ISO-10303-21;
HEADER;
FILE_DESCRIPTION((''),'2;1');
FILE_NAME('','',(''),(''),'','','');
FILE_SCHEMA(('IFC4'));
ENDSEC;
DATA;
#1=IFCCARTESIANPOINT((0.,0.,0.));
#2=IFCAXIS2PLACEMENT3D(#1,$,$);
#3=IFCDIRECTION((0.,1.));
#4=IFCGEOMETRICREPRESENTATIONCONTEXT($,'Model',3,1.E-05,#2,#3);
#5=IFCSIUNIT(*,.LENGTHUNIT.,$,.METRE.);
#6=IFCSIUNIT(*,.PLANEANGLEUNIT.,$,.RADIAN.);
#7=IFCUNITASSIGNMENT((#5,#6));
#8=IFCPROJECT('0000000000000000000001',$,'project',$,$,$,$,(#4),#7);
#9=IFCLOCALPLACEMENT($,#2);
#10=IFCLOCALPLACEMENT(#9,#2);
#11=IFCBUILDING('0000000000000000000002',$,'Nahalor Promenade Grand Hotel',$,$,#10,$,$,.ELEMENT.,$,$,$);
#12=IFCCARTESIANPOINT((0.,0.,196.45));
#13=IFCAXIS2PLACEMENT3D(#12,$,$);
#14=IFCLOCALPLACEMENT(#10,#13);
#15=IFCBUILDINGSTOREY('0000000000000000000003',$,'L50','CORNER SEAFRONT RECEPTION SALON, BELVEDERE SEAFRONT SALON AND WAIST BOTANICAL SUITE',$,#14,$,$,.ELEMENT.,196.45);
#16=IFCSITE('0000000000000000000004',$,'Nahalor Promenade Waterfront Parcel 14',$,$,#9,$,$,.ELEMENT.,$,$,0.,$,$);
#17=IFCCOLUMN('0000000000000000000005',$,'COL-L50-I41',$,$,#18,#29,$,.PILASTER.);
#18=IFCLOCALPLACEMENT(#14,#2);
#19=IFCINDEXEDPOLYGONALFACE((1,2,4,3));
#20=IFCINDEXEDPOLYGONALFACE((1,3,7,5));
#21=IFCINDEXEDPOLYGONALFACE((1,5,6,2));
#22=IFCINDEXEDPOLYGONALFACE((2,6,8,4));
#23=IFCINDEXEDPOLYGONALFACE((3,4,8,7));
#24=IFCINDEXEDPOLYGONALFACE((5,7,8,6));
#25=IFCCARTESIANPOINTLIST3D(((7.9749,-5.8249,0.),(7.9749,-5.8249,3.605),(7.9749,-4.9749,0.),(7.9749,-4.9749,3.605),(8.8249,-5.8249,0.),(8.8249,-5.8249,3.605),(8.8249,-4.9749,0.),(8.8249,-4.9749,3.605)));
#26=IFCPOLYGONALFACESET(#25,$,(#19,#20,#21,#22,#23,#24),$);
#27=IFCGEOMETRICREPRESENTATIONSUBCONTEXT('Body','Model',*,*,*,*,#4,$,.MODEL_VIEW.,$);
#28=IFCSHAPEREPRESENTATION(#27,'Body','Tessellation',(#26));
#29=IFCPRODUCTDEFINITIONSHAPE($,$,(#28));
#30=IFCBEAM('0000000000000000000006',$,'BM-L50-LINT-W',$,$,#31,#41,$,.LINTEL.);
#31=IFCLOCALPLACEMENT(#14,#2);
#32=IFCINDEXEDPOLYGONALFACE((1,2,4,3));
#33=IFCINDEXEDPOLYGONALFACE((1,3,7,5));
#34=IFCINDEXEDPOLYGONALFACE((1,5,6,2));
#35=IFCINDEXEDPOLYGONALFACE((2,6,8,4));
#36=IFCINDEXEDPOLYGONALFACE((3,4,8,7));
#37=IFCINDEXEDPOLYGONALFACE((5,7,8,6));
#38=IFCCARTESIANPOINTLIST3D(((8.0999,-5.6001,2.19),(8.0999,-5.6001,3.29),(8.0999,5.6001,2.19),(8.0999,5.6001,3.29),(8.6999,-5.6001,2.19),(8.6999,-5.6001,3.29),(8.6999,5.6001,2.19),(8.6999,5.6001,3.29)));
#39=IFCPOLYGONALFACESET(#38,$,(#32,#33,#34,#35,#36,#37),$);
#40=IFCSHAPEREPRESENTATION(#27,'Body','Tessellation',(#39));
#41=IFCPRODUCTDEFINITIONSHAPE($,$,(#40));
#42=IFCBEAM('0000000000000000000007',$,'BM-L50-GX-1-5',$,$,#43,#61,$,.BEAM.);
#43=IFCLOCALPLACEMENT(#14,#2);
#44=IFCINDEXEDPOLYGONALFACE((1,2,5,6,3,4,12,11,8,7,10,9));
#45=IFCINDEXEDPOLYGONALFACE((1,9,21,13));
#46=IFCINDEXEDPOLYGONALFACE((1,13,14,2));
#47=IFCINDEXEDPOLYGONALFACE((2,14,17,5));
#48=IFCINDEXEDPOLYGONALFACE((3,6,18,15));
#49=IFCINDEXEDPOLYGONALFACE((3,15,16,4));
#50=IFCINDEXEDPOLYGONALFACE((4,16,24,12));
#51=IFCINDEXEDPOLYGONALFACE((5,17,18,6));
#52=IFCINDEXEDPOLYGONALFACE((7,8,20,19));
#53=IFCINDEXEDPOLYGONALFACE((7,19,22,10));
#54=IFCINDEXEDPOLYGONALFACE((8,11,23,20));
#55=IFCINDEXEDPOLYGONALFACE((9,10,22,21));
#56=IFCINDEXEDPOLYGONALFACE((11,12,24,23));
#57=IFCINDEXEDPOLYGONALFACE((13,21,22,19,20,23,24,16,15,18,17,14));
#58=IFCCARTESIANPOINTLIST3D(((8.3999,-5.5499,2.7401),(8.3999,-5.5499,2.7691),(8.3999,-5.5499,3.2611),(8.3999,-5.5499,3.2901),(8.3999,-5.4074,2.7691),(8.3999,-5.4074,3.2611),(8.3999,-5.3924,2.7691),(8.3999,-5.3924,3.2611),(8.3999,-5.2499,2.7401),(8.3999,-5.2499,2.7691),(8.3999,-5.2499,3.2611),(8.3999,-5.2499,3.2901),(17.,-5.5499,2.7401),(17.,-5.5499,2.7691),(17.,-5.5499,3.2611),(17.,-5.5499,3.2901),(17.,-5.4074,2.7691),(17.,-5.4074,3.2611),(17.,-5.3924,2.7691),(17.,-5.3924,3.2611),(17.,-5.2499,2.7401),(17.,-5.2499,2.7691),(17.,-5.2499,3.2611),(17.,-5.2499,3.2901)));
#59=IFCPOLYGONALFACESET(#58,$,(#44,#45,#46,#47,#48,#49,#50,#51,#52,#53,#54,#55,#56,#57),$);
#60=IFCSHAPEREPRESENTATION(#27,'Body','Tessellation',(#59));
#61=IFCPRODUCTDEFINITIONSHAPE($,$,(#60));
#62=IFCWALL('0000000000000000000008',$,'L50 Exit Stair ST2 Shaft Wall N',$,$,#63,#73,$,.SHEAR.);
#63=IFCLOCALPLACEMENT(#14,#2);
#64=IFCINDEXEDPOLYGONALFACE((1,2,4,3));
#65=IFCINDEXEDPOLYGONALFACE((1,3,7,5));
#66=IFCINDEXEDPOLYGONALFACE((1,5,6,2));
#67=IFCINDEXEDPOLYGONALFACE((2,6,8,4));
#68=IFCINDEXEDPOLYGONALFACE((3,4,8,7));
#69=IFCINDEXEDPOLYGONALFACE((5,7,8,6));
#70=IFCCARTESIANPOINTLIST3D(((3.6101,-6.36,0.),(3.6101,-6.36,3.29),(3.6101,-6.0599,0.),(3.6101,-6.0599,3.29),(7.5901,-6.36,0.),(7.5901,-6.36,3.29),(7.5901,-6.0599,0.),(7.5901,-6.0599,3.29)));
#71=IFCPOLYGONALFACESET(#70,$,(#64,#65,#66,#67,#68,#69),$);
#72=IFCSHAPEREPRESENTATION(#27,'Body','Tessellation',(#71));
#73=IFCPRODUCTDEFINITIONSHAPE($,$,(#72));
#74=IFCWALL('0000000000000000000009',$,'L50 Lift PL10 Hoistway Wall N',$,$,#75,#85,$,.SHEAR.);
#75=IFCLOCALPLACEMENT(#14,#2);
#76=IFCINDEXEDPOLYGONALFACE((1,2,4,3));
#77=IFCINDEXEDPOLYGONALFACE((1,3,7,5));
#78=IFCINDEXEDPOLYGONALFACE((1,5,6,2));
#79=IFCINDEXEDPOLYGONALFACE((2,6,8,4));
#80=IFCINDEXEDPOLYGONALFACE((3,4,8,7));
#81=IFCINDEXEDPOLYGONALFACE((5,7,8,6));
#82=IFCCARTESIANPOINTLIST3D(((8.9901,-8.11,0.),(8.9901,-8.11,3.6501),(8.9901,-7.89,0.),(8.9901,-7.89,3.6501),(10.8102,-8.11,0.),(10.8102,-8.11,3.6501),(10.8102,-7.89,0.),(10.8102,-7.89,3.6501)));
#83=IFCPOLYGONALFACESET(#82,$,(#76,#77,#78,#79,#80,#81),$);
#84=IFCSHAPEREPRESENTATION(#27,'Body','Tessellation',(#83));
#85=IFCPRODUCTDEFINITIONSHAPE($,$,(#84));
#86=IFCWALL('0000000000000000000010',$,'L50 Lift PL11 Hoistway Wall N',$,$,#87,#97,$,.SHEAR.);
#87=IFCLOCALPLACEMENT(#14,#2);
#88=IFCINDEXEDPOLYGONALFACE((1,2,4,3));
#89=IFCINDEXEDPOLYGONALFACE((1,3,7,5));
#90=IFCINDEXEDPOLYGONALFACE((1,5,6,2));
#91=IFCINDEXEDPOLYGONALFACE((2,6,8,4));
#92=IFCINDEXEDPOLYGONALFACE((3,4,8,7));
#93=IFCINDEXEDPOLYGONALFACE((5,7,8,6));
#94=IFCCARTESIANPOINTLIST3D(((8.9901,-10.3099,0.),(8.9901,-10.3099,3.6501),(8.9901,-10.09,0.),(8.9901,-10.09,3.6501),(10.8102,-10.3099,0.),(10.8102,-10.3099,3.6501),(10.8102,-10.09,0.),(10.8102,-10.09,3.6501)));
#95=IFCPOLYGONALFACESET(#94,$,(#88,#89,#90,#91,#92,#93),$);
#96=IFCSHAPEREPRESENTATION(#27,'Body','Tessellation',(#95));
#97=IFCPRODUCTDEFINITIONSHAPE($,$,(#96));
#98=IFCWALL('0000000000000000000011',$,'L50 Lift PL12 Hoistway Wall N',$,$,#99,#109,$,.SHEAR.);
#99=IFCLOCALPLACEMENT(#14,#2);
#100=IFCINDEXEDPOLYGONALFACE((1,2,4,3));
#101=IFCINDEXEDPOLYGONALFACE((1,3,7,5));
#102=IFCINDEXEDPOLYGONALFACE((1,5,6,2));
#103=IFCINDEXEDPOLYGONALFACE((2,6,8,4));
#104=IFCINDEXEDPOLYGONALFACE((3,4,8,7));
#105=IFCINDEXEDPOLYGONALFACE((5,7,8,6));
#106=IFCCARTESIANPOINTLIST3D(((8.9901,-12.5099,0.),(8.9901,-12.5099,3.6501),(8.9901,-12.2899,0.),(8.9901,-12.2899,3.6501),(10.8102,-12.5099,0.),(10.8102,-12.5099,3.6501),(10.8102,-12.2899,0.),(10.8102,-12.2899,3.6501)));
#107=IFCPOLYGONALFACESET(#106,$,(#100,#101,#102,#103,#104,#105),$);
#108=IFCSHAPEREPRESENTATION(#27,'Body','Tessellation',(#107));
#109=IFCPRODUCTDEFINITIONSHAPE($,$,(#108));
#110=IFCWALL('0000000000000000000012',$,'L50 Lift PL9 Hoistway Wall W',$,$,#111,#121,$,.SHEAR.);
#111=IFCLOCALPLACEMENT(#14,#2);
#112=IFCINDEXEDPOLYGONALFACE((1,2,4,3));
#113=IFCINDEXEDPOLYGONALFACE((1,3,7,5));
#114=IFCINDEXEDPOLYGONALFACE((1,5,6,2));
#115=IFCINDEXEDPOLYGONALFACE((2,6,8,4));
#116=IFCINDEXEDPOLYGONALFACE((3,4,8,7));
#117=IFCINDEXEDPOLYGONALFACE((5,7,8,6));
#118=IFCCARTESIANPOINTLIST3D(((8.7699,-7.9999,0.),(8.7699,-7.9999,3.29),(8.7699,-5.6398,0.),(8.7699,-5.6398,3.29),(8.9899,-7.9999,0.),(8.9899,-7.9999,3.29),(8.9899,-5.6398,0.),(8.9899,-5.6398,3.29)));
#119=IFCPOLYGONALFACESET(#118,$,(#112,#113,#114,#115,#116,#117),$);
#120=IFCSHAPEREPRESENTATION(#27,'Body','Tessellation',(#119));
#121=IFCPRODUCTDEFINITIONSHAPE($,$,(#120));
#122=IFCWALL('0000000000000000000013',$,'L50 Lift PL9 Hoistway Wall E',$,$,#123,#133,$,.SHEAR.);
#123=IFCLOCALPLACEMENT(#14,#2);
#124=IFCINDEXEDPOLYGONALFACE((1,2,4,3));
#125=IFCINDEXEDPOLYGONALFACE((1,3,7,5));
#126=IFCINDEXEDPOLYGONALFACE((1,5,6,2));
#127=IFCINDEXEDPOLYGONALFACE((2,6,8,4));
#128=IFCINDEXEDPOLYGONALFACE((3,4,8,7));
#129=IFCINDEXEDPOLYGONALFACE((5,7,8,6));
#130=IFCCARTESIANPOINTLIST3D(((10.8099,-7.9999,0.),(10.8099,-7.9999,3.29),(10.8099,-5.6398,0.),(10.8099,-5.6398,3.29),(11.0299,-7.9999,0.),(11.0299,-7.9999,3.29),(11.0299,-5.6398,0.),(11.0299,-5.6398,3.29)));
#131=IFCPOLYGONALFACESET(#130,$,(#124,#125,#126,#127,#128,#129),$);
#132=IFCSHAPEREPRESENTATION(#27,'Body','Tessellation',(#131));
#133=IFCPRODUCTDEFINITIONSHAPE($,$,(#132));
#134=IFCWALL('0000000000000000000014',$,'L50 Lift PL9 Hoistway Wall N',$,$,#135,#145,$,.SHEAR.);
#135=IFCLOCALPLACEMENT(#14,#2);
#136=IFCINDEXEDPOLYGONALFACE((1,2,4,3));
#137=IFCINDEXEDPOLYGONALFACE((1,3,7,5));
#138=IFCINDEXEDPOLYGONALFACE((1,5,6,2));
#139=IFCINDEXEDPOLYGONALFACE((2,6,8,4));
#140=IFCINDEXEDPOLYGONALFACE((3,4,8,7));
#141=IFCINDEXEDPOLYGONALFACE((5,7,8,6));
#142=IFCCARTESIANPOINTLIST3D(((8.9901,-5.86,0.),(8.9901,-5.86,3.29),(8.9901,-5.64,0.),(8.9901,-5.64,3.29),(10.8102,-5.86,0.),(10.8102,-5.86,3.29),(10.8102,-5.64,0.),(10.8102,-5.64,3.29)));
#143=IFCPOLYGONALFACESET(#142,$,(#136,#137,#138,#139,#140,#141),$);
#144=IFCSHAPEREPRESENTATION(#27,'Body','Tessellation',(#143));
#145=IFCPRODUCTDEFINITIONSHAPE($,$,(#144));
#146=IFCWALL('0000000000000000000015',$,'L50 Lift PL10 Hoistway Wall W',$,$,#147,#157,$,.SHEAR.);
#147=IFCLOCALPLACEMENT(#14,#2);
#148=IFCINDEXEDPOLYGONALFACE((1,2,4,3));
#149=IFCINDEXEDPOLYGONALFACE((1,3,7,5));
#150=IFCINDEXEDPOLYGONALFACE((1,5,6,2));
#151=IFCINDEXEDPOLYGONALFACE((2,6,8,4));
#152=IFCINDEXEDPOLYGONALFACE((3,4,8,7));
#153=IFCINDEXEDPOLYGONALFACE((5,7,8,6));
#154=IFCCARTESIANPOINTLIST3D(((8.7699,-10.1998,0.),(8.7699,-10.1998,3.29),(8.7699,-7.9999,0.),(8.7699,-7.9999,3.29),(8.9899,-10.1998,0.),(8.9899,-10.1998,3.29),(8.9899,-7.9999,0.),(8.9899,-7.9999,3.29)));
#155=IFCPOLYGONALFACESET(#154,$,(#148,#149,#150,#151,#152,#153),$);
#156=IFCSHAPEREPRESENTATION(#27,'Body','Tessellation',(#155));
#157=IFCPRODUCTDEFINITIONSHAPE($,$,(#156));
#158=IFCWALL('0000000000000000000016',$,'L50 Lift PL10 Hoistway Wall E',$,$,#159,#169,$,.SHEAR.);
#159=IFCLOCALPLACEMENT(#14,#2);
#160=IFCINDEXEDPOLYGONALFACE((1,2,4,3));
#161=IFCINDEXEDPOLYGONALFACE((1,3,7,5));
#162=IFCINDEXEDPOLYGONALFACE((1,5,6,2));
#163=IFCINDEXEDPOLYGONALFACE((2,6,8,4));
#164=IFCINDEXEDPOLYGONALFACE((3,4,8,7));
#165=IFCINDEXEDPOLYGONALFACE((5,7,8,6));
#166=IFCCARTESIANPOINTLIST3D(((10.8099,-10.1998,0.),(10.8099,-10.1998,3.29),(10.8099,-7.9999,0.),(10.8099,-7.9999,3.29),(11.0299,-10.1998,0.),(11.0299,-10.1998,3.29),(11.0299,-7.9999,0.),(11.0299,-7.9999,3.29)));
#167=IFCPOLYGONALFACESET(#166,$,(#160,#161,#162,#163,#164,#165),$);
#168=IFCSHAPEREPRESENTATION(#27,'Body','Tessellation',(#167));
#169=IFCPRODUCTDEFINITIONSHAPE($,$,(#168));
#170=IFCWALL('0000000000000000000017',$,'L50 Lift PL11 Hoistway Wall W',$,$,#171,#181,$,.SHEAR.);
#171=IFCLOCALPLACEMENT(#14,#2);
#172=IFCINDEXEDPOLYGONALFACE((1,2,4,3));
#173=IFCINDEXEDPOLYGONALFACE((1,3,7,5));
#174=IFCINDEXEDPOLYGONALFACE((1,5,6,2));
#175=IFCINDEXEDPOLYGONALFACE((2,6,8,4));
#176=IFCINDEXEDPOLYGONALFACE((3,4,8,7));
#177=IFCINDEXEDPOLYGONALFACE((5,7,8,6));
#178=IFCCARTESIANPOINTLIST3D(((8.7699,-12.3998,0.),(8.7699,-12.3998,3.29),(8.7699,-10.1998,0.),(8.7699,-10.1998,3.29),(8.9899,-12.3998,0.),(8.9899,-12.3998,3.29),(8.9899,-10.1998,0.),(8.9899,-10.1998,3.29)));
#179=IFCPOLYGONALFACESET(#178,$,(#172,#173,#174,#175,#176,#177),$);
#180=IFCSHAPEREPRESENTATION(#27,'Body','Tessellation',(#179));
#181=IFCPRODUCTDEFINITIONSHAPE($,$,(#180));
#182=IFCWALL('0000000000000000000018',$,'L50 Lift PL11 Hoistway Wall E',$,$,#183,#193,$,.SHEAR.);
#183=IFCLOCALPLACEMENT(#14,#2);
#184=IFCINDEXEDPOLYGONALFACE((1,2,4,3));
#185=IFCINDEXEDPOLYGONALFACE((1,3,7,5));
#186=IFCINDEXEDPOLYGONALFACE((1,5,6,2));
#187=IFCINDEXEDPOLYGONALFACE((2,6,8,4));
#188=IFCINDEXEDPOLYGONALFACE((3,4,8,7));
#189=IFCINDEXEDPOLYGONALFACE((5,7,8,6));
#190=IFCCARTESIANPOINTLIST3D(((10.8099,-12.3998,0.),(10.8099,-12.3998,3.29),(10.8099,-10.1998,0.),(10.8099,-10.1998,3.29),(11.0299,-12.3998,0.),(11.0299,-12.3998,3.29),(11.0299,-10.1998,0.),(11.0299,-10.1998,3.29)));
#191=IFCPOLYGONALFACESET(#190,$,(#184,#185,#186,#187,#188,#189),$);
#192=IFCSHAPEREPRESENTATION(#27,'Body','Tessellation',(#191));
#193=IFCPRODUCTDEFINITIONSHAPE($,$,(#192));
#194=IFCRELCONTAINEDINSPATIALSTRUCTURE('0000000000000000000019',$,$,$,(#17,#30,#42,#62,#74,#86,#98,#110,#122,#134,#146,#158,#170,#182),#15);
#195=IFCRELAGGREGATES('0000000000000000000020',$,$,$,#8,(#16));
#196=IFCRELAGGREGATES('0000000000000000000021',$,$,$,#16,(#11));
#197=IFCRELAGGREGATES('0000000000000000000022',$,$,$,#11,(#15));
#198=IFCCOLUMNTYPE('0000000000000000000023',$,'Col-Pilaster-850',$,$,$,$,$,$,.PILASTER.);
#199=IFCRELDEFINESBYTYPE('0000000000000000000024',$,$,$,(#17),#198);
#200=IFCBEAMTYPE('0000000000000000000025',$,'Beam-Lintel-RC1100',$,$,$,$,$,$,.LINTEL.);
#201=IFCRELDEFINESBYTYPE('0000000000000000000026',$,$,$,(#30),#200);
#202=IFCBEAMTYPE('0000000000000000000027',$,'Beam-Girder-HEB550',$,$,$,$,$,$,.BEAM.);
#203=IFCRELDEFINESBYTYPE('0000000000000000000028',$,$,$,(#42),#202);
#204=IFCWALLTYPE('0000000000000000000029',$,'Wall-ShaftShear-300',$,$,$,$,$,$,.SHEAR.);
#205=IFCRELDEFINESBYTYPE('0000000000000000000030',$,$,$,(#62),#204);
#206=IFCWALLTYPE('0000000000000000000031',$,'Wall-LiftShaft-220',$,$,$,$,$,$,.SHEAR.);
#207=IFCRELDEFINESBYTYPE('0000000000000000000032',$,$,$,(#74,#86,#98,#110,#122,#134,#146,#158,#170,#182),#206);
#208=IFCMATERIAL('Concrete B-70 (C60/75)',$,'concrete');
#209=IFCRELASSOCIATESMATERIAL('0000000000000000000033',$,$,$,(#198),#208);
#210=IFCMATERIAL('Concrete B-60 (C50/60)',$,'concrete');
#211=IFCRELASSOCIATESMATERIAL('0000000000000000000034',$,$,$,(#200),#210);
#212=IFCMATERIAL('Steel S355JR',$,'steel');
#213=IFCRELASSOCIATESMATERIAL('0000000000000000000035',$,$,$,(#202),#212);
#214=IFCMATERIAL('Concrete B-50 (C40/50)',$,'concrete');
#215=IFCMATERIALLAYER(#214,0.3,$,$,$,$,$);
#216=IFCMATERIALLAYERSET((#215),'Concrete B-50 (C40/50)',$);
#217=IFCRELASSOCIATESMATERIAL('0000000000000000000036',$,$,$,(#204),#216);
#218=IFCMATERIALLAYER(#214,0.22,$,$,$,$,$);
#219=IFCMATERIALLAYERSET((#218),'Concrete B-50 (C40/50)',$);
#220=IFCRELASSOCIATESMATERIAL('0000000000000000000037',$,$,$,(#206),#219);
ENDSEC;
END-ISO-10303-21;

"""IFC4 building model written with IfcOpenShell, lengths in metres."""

from ifc_helpers import new_model, si_unit, direction, frame, frame_2d, origin, origin_2d, place, context, subcontext, project, spatial, rectangle, i_section, extrude, source, transform, mapped, material, layer, layer_set, material_profile, profile_set, type_object, element, save


model = new_model("IFC4")

# Units and contexts
model_context = context("Model", 3, precision=1e-05, world=origin(), true_north=direction((0.0, 1.0)))
body_context = subcontext(model_context, "Body", "Model", "MODEL_VIEW")
ifc_project = project(units=[si_unit("LENGTHUNIT", "METRE"), si_unit("PLANEANGLEUNIT", "RADIAN")], contexts=[model_context])

# Site, building, storey
site_placement = place(None, origin())
site = spatial("IfcSite", under=ifc_project, at=site_placement, Name="Nahalor Promenade Waterfront Parcel 14", CompositionType="ELEMENT", RefElevation=0.0)
building_placement = place(site_placement, origin())
building = spatial("IfcBuilding", under=site, at=building_placement, Name="Nahalor Promenade Grand Hotel", CompositionType="ELEMENT")
storey_placement = place(building_placement, frame((0.0, 0.0, 196.45)))
storey = spatial("IfcBuildingStorey", under=building, at=storey_placement, Name="L50", Description="CORNER SEAFRONT RECEPTION SALON, BELVEDERE SEAFRONT SALON AND WAIST BOTANICAL SUITE", CompositionType="ELEMENT", Elevation=196.45)

# Column
ifc_material_1 = material(Name="Concrete B-70 (C60/75)", Category="concrete")
ifc_material_profile_1 = material_profile(ifc_material_1, rectangle(XDim=0.85, YDim=0.85, at=origin_2d()), Name="RC 850x850")
ifc_profile_set_1 = profile_set([ifc_material_profile_1], Name="Concrete B-70 (C60/75)")
column_type = type_object("IfcColumnType", Name="Col-Pilaster-850", PredefinedType="PILASTER", material=ifc_profile_set_1)
shared_shape_1 = source(origin(), body_context, "Body", "SweptSolid", [
    extrude(rectangle(XDim=0.85, YDim=0.85, at=origin_2d()), origin(), (0.0, 0.0, 1.0), 3.605),
])
column_placement = place(storey_placement, frame((8.3999, -5.3999, 0.0), z_axis=(0.0, 0.0, 1.0), x_axis=(1.0, 0.0, 0.0)))
element("IfcColumn", 1, at=column_placement, inside=storey, type_object=column_type, Name="COL-L50-I41", PredefinedType="PILASTER", context=body_context, shape_type="MappedRepresentation", body=[
    mapped(shared_shape_1, transform((0.0, 0.0, 0.0), scale=1.0)),
])

# Beams
ifc_material_2 = material(Name="Concrete B-60 (C50/60)", Category="concrete")
ifc_material_profile_2 = material_profile(ifc_material_2, rectangle(XDim=0.6, YDim=1.1, at=origin_2d()), Name="RC 600x1100")
ifc_profile_set_2 = profile_set([ifc_material_profile_2], Name="Concrete B-60 (C50/60)")
beam_type_1 = type_object("IfcBeamType", Name="Beam-Lintel-RC1100", PredefinedType="LINTEL", material=ifc_profile_set_2)
shared_shape_2 = source(origin(), body_context, "Body", "SweptSolid", [
    extrude(rectangle(XDim=0.6, YDim=1.1, at=origin_2d()), origin(), (0.0, 0.0, 1.0), 11.2002),
])
beam_1_placement = place(storey_placement, frame((8.3999, -5.6001, 2.74), z_axis=(0.0, 1.0, 0.0), x_axis=(-1.0, 0.0, 0.0)))
element("IfcBeam", 2, at=beam_1_placement, inside=storey, type_object=beam_type_1, Name="BM-L50-LINT-W", PredefinedType="LINTEL", context=body_context, shape_type="MappedRepresentation", body=[
    mapped(shared_shape_2, transform((0.0, 0.0, 0.0), scale=1.0)),
])
ifc_material_3 = material(Name="Steel S355JR", Category="steel")
ifc_material_profile_3 = material_profile(ifc_material_3, i_section(OverallWidth=0.3, OverallDepth=0.55, WebThickness=0.015, FlangeThickness=0.029, at=origin_2d()), Name="HEB 550")
ifc_profile_set_3 = profile_set([ifc_material_profile_3], Name="Steel S355JR")
beam_type_2 = type_object("IfcBeamType", Name="Beam-Girder-HEB550", PredefinedType="BEAM", material=ifc_profile_set_3)
shared_shape_3 = source(origin(), body_context, "Body", "SweptSolid", [
    extrude(i_section(OverallWidth=0.3, OverallDepth=0.55, WebThickness=0.015, FlangeThickness=0.029, at=origin_2d()), origin(), (0.0, 0.0, 1.0), 8.6001),
])
beam_2_placement = place(storey_placement, frame((8.3999, -5.3999, 3.0151), z_axis=(1.0, 0.0, 0.0), x_axis=(0.0, 1.0, 0.0)))
element("IfcBeam", 3, at=beam_2_placement, inside=storey, type_object=beam_type_2, Name="BM-L50-GX-1-5", PredefinedType="BEAM", context=body_context, shape_type="MappedRepresentation", body=[
    mapped(shared_shape_3, transform((0.0, 0.0, 0.0), scale=1.0)),
])

# Walls
ifc_material_4 = material(Name="Concrete B-50 (C40/50)", Category="concrete")
ifc_layer_1 = layer(ifc_material_4, 0.3)
ifc_layer_set_1 = layer_set([ifc_layer_1], Name="Concrete B-50 (C40/50)")
wall_type_1 = type_object("IfcWallType", Name="Wall-ShaftShear-300", PredefinedType="SHEAR", material=ifc_layer_set_1)
shared_shape_4 = source(origin(), body_context, "Body", "SweptSolid", [
    extrude(rectangle(XDim=3.98, YDim=0.3, at=frame_2d((1.99, 0.0))), origin(), (0.0, 0.0, 1.0), 3.29),
])
wall_1_placement = place(storey_placement, frame((3.6101, -6.21, 0.0), z_axis=(0.0, 0.0, 1.0), x_axis=(1.0, 0.0, 0.0)))
element("IfcWall", 4, at=wall_1_placement, inside=storey, type_object=wall_type_1, Name="L50 Exit Stair ST2 Shaft Wall N", PredefinedType="SHEAR", context=body_context, shape_type="MappedRepresentation", body=[
    mapped(shared_shape_4, transform((0.0, 0.0, 0.0), scale=1.0)),
])
ifc_layer_2 = layer(ifc_material_4, 0.22)
ifc_layer_set_2 = layer_set([ifc_layer_2], Name="Concrete B-50 (C40/50)")
wall_type_2 = type_object("IfcWallType", Name="Wall-LiftShaft-220", PredefinedType="SHEAR", material=ifc_layer_set_2)
shared_shape_5 = source(origin(), body_context, "Body", "SweptSolid", [
    extrude(rectangle(XDim=1.8201, YDim=0.22, at=frame_2d((0.9102, 0.0))), origin(), (0.0, 0.0, 1.0), 3.6501),
])
for number, where, z_axis, x_axis, name in (
    (5, (8.99, -8.0, 0.0), (0.0, 0.0, 1.0), (1.0, 0.0, 0.0), "L50 Lift PL10 Hoistway Wall N"),
    (6, (8.99, -10.2, 0.0), (0.0, 0.0, 1.0), (1.0, 0.0, 0.0), "L50 Lift PL11 Hoistway Wall N"),
    (7, (8.99, -12.3999, 0.0), (0.0, 0.0, 1.0), (1.0, 0.0, 0.0), "L50 Lift PL12 Hoistway Wall N"),
):
    element("IfcWall", number, at=place(storey_placement, frame(where, z_axis=z_axis, x_axis=x_axis)), inside=storey, type_object=wall_type_2, Name=name, PredefinedType="SHEAR", context=body_context, shape_type="MappedRepresentation", body=[
        mapped(shared_shape_5, transform((0.0, 0.0, 0.0), scale=1.0)),
    ])
shared_shape_6 = source(origin(), body_context, "Body", "SweptSolid", [
    extrude(rectangle(XDim=2.3601, YDim=0.22, at=frame_2d((1.1802, 0.0))), origin(), (0.0, 0.0, 1.0), 3.29),
])
for number, where, z_axis, x_axis, name in (
    (8, (8.8799, -8.0, 0.0), (0.0, 0.0, 1.0), (0.0, 1.0, 0.0), "L50 Lift PL9 Hoistway Wall W"),
    (9, (10.9199, -8.0, 0.0), (0.0, 0.0, 1.0), (0.0, 1.0, 0.0), "L50 Lift PL9 Hoistway Wall E"),
):
    element("IfcWall", number, at=place(storey_placement, frame(where, z_axis=z_axis, x_axis=x_axis)), inside=storey, type_object=wall_type_2, Name=name, PredefinedType="SHEAR", context=body_context, shape_type="MappedRepresentation", body=[
        mapped(shared_shape_6, transform((0.0, 0.0, 0.0), scale=1.0)),
    ])
shared_shape_7 = source(origin(), body_context, "Body", "SweptSolid", [
    extrude(rectangle(XDim=1.8201, YDim=0.22, at=frame_2d((0.9102, 0.0))), origin(), (0.0, 0.0, 1.0), 3.29),
])
wall_2_placement = place(storey_placement, frame((8.99, -5.75, 0.0), z_axis=(0.0, 0.0, 1.0), x_axis=(1.0, 0.0, 0.0)))
element("IfcWall", 10, at=wall_2_placement, inside=storey, type_object=wall_type_2, Name="L50 Lift PL9 Hoistway Wall N", PredefinedType="SHEAR", context=body_context, shape_type="MappedRepresentation", body=[
    mapped(shared_shape_7, transform((0.0, 0.0, 0.0), scale=1.0)),
])
shared_shape_8 = source(origin(), body_context, "Body", "SweptSolid", [
    extrude(rectangle(XDim=2.2, YDim=0.22, at=frame_2d((1.1001, 0.0))), origin(), (0.0, 0.0, 1.0), 3.29),
])
for number, where, z_axis, x_axis, name in (
    (11, (8.8799, -10.2, 0.0), (0.0, 0.0, 1.0), (0.0, 1.0, 0.0), "L50 Lift PL10 Hoistway Wall W"),
    (12, (10.9199, -10.2, 0.0), (0.0, 0.0, 1.0), (0.0, 1.0, 0.0), "L50 Lift PL10 Hoistway Wall E"),
    (13, (8.8799, -12.3999, 0.0), (0.0, 0.0, 1.0), (0.0, 1.0, 0.0), "L50 Lift PL11 Hoistway Wall W"),
    (14, (10.9199, -12.3999, 0.0), (0.0, 0.0, 1.0), (0.0, 1.0, 0.0), "L50 Lift PL11 Hoistway Wall E"),
):
    element("IfcWall", number, at=place(storey_placement, frame(where, z_axis=z_axis, x_axis=x_axis)), inside=storey, type_object=wall_type_2, Name=name, PredefinedType="SHEAR", context=body_context, shape_type="MappedRepresentation", body=[
        mapped(shared_shape_8, transform((0.0, 0.0, 0.0), scale=1.0)),
    ])

save(model, "model.ifc")
